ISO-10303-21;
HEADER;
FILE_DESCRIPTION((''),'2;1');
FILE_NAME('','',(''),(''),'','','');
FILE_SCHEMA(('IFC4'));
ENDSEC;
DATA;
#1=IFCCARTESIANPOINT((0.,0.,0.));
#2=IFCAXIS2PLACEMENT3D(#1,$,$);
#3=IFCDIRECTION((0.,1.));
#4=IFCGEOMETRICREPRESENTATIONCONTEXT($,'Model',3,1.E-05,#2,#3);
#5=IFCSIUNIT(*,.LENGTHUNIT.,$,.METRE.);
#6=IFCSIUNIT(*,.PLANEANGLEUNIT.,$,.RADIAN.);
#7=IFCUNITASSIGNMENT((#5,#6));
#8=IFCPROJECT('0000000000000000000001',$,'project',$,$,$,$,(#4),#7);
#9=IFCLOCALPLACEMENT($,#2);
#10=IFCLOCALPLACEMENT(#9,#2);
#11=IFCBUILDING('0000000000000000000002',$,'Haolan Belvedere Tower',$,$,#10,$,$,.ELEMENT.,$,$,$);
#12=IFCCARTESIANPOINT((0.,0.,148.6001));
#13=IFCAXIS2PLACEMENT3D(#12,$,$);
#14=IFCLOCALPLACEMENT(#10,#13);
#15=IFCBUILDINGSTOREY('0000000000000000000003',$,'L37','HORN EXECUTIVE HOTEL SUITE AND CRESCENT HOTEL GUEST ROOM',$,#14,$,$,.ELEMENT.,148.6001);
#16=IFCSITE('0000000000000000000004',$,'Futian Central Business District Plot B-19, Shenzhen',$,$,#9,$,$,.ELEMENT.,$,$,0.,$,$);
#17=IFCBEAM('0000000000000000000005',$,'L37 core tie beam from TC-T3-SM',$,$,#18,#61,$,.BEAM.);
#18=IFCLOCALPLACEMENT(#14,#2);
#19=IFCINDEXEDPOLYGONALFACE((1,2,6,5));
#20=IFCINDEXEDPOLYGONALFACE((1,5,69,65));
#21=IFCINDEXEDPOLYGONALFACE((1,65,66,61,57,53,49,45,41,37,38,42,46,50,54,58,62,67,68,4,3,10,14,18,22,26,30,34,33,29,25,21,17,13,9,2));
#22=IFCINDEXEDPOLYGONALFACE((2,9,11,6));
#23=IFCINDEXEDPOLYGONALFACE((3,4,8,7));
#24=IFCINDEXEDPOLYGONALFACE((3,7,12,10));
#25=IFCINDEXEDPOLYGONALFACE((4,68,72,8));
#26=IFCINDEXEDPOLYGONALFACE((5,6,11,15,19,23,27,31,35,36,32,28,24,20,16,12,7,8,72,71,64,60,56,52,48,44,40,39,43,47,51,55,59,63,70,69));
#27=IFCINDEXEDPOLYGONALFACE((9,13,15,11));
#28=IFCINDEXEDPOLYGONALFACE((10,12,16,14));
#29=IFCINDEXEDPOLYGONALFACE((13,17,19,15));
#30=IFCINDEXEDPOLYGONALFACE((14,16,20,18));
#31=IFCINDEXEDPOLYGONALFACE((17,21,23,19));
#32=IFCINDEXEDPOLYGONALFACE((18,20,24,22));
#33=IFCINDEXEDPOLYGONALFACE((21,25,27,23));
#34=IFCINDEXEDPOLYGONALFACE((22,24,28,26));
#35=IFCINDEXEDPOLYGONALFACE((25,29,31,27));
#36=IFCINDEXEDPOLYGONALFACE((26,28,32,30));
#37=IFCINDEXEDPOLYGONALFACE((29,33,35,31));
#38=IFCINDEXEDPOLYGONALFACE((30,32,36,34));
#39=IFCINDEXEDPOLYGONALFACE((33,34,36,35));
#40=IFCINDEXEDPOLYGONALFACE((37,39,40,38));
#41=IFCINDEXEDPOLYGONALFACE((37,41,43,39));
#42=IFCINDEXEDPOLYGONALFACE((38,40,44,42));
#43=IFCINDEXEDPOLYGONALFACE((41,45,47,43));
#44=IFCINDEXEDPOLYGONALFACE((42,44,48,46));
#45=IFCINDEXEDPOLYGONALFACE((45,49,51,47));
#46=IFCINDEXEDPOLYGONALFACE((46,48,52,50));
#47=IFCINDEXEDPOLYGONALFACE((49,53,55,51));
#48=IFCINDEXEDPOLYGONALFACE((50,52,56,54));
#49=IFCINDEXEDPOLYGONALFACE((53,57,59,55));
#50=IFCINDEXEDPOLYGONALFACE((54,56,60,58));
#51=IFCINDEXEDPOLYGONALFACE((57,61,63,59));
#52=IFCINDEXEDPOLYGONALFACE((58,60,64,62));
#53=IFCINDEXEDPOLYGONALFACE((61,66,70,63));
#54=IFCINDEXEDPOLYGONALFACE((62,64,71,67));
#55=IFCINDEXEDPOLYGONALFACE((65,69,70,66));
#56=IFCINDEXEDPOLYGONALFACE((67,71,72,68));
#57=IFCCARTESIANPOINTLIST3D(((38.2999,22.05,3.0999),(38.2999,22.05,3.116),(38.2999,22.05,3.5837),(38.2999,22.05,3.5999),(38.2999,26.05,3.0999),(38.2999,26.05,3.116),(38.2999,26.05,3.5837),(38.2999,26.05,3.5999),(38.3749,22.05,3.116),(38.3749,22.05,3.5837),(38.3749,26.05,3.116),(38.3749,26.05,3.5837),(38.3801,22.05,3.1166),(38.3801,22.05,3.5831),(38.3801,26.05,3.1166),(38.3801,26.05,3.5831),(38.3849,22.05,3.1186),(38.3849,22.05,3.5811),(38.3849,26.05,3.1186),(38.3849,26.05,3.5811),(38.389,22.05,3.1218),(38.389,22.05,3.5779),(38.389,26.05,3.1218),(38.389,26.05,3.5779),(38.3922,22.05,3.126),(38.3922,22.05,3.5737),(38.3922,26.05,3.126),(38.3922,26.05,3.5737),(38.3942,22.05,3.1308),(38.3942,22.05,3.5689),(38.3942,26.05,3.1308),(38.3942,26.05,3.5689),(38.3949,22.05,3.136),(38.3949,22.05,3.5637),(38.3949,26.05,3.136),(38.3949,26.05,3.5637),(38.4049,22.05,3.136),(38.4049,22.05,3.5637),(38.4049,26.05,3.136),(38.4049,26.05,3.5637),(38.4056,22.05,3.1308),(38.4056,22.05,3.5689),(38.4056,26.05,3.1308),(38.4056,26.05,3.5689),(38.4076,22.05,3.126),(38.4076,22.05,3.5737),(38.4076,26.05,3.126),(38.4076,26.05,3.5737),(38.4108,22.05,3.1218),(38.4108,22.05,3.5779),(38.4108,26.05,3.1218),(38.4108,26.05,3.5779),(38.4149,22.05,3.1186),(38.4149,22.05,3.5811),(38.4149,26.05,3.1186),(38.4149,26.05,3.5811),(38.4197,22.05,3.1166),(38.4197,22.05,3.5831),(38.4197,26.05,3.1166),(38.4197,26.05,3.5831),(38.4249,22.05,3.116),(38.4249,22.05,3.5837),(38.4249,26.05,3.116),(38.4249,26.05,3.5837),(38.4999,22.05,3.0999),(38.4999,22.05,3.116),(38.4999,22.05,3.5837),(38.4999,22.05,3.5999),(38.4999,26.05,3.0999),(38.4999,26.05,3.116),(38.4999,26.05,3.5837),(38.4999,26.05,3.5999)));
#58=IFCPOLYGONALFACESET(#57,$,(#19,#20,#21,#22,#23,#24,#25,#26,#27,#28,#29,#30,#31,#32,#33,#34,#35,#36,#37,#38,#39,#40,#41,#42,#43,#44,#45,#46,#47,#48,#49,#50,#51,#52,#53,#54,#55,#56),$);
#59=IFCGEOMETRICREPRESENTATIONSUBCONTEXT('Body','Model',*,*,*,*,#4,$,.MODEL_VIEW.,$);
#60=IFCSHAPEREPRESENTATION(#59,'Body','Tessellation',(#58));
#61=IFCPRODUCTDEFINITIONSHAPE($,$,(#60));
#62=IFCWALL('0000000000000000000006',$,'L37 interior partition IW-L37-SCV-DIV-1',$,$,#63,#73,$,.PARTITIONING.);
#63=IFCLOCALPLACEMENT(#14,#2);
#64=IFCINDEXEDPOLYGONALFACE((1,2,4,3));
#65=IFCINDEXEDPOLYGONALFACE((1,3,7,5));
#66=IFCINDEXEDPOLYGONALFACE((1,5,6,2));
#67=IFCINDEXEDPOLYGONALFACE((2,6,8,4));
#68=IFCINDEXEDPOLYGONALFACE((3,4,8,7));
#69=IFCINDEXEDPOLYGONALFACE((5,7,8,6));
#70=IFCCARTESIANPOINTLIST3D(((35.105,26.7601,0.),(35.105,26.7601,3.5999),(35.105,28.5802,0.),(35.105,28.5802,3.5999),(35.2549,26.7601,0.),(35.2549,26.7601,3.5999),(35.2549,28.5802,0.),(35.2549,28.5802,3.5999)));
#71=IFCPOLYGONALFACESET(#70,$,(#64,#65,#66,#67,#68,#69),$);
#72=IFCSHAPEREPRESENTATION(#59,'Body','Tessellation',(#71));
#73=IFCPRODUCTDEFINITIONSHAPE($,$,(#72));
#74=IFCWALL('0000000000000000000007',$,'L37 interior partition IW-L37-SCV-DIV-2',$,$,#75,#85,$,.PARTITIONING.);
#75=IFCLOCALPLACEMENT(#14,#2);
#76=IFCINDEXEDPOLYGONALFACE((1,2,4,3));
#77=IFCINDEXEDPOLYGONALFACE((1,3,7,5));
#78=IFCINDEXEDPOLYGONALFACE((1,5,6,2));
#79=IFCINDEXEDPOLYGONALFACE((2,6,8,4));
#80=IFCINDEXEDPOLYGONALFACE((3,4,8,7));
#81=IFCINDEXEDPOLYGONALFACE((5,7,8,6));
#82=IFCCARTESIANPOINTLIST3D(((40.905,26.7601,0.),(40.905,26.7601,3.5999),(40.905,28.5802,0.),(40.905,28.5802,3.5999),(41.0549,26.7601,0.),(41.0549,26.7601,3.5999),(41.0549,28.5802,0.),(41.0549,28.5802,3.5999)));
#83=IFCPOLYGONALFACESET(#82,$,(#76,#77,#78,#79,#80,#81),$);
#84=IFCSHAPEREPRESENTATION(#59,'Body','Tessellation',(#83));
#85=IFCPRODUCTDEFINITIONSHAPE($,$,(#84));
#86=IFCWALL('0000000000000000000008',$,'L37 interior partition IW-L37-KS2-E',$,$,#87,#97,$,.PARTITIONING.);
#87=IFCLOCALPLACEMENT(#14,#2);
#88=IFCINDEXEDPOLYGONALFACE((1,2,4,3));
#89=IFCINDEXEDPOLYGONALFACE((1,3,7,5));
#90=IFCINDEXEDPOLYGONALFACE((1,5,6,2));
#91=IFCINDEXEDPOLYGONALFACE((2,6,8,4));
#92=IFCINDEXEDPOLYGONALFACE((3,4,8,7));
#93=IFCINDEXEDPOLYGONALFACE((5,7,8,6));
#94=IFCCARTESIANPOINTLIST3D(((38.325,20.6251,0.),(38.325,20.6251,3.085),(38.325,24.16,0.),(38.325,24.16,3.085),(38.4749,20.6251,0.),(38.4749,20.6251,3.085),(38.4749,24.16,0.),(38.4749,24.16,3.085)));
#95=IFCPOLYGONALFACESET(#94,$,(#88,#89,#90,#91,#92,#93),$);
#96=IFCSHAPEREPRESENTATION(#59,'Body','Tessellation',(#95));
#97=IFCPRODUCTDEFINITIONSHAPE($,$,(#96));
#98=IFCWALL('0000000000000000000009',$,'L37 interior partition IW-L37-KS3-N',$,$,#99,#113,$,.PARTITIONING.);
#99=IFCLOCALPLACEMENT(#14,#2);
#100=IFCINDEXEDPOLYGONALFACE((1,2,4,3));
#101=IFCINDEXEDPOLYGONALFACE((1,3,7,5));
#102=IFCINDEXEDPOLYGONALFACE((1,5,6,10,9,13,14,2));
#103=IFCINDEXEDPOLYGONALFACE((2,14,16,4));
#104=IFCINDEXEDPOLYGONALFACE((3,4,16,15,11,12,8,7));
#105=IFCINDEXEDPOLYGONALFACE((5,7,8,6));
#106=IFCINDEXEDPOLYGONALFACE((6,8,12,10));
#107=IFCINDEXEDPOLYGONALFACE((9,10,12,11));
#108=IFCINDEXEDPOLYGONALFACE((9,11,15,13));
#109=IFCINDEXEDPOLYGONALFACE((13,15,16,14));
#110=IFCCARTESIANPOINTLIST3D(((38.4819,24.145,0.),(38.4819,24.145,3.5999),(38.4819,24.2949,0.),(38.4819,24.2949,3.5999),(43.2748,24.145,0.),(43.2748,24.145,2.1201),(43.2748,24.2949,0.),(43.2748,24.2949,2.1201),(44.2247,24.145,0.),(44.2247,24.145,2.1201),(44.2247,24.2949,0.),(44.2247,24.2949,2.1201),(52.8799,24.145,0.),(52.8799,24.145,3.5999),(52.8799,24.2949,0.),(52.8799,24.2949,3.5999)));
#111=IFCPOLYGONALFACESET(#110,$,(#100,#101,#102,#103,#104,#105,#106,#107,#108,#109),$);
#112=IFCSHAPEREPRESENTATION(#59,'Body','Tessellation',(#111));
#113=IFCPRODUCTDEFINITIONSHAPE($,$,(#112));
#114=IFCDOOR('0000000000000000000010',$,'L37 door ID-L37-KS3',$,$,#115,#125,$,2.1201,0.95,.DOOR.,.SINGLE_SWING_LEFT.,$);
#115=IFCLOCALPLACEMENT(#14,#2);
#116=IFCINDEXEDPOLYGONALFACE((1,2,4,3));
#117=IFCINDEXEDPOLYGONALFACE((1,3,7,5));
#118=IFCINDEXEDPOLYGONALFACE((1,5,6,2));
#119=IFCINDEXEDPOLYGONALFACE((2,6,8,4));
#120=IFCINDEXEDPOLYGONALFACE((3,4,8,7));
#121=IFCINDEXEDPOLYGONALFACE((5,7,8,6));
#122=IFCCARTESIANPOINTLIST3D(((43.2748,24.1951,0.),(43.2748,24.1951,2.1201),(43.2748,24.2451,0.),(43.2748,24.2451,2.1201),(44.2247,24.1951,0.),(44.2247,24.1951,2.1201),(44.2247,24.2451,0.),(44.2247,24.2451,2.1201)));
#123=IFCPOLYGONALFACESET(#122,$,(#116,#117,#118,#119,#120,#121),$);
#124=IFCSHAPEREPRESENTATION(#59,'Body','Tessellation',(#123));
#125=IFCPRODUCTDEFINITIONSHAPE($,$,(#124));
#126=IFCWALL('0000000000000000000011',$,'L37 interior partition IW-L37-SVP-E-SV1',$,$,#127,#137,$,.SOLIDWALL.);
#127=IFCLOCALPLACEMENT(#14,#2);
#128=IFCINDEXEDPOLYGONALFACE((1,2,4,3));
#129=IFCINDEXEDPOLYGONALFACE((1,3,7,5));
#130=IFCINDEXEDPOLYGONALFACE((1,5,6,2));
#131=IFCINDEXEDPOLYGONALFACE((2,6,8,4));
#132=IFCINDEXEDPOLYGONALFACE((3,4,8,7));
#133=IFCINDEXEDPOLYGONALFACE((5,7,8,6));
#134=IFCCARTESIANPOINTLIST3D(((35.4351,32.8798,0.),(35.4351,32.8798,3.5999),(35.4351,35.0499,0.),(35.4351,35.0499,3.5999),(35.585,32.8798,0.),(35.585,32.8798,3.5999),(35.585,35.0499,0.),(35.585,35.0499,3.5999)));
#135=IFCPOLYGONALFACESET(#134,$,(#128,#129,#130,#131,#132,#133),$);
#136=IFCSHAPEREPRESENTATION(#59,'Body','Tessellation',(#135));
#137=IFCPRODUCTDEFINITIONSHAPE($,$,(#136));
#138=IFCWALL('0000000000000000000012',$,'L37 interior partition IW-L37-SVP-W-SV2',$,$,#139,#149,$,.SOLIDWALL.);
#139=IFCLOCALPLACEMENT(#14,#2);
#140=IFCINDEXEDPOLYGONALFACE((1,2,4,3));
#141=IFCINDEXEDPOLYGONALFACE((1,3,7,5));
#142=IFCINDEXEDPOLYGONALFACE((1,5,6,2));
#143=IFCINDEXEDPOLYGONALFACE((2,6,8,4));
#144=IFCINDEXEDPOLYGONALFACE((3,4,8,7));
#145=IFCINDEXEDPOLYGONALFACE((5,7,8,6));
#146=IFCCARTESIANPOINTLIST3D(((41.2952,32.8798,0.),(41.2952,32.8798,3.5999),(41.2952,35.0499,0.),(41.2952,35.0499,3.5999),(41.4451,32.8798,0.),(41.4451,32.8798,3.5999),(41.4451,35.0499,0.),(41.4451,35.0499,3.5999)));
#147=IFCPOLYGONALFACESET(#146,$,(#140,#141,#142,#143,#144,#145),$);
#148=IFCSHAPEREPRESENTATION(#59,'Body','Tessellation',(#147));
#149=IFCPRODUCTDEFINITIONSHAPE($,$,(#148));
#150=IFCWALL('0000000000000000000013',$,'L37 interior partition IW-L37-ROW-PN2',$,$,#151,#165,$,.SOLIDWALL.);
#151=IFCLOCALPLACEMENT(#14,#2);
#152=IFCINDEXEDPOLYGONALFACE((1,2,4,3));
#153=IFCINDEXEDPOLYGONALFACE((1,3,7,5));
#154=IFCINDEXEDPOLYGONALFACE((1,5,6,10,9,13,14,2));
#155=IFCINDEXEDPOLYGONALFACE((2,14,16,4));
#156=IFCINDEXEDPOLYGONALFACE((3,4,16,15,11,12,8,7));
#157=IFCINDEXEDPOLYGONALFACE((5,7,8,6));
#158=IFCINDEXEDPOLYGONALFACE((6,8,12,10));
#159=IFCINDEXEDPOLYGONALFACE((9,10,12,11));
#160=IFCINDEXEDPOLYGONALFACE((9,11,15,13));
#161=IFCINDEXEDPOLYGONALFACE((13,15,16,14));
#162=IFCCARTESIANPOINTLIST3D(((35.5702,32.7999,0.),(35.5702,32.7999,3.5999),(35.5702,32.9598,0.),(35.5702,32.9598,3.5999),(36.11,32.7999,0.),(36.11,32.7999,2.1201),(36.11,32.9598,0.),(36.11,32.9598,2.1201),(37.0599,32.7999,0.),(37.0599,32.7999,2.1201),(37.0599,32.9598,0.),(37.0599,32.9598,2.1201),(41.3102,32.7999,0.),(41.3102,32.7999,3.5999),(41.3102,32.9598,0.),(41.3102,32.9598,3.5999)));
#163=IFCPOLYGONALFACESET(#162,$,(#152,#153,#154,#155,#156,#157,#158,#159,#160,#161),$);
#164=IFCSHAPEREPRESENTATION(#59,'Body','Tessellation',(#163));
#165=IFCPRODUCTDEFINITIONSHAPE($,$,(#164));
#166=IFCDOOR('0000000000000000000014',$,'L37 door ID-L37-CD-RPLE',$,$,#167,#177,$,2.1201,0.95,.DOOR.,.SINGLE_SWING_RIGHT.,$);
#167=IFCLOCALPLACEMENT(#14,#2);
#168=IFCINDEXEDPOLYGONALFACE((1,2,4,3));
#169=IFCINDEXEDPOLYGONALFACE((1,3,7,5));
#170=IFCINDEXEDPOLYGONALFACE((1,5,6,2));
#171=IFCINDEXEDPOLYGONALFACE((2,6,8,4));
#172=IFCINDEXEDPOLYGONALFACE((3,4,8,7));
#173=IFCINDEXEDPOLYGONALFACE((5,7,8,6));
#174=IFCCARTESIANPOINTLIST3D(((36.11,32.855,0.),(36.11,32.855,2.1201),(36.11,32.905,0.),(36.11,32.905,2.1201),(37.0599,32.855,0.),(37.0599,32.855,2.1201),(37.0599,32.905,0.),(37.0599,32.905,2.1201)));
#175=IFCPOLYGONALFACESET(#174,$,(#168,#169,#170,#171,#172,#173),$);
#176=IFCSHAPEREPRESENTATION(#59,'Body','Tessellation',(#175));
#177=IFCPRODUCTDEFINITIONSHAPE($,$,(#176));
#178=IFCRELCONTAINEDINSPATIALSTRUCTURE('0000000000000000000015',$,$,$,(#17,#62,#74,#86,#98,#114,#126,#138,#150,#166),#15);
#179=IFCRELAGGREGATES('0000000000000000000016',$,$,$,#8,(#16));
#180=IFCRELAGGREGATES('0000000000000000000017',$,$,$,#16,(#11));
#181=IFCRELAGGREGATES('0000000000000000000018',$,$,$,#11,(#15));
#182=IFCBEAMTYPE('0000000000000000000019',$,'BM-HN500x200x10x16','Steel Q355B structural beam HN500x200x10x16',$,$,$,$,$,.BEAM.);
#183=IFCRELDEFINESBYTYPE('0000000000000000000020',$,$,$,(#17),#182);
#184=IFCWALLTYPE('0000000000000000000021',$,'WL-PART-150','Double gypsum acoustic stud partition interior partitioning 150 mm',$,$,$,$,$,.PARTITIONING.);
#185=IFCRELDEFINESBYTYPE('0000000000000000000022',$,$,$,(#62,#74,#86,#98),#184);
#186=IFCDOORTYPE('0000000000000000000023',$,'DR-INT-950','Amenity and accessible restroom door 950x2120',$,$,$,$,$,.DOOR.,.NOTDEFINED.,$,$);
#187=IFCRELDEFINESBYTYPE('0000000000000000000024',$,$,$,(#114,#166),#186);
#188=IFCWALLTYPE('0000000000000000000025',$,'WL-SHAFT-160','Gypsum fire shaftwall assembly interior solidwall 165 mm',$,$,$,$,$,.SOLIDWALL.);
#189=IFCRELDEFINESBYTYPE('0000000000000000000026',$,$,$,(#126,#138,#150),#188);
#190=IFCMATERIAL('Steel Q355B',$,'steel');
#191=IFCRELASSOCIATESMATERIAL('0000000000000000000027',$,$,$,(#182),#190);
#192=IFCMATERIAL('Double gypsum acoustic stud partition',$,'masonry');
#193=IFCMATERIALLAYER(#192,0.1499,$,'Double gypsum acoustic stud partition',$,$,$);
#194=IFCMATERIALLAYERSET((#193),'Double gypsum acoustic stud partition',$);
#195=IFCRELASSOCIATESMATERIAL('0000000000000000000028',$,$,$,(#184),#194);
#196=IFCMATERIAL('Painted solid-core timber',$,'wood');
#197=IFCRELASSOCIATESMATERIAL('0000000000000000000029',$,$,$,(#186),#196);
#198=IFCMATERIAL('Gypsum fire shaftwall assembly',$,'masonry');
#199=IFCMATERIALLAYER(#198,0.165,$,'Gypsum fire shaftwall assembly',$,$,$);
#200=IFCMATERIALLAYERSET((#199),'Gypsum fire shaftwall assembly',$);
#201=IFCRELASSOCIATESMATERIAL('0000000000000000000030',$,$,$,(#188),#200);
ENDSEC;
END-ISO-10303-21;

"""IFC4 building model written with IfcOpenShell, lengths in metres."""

from ifc_helpers import new_model, si_unit, direction, frame, frame_2d, origin, origin_2d, place, context, subcontext, project, spatial, rectangle, i_section, extrude, material, layer, layer_set, material_profile, profile_set, type_object, element, fill, save


model = new_model("IFC4")

# Units and contexts
model_context = context("Model", 3, precision=1e-05, world=origin(), true_north=direction((0.0, 1.0)))
body_context = subcontext(model_context, "Body", "Model", "MODEL_VIEW")
ifc_project = project(units=[si_unit("LENGTHUNIT", "METRE"), si_unit("PLANEANGLEUNIT", "RADIAN")], contexts=[model_context])

# Site, building, storey
site_placement = place(None, origin())
site = spatial("IfcSite", under=ifc_project, at=site_placement, Name="Futian Central Business District Plot B-19, Shenzhen", CompositionType="ELEMENT", RefElevation=0.0)
building_placement = place(site_placement, origin())
building = spatial("IfcBuilding", under=site, at=building_placement, Name="Haolan Belvedere Tower", CompositionType="ELEMENT")
storey_placement = place(building_placement, frame((0.0, 0.0, 148.6001)))
storey = spatial("IfcBuildingStorey", under=building, at=storey_placement, Name="L37", Description="HORN EXECUTIVE HOTEL SUITE AND CRESCENT HOTEL GUEST ROOM", CompositionType="ELEMENT", Elevation=148.6001)

# Beam
ifc_material_1 = material(Name="Steel Q355B", Category="steel")
ifc_material_profile_1 = material_profile(ifc_material_1, i_section(OverallWidth=0.2, OverallDepth=0.5, WebThickness=0.01, FlangeThickness=0.0161, FilletRadius=0.02, at=origin_2d()), Name="Steel Q355B")
ifc_profile_set_1 = profile_set([ifc_material_profile_1], Name="Steel Q355B")
beam_type_1 = type_object("IfcBeamType", Name="BM-HN500x200x10x16", Description="Steel Q355B structural beam HN500x200x10x16", PredefinedType="BEAM", material=ifc_profile_set_1)
beam_1_placement = place(storey_placement, frame((38.3999, 22.05, 3.3499), z_axis=(0.0, 1.0, 0.0), x_axis=(-1.0, 0.0, 0.0)))
element("IfcBeam", 1, at=beam_1_placement, inside=storey, type_object=beam_type_1, Name="L37 core tie beam from TC-T3-SM", PredefinedType="BEAM", context=body_context, shape_type="SweptSolid", body=[
    extrude(i_section(OverallWidth=0.2, OverallDepth=0.5, WebThickness=0.01, FlangeThickness=0.0161, FilletRadius=0.02, at=origin_2d()), origin(), (0.0, 0.0, 1.0), 4.0),
])

# Walls
ifc_material_2 = material(Name="Double gypsum acoustic stud partition", Category="masonry")
ifc_layer_1 = layer(ifc_material_2, 0.1499, Name="Double gypsum acoustic stud partition")
ifc_layer_set_1 = layer_set([ifc_layer_1], Name="Double gypsum acoustic stud partition")
wall_type_1 = type_object("IfcWallType", Name="WL-PART-150", Description="Double gypsum acoustic stud partition interior partitioning 150 mm", PredefinedType="PARTITIONING", material=ifc_layer_set_1)
for number, where, z_axis, x_axis, name in (
    (2, (35.1799, 26.76, 0.0), (0.0, 0.0, 1.0), (0.0, 1.0, 0.0), "L37 interior partition IW-L37-SCV-DIV-1"),
    (3, (40.98, 26.76, 0.0), (0.0, 0.0, 1.0), (0.0, 1.0, 0.0), "L37 interior partition IW-L37-SCV-DIV-2"),
):
    element("IfcWall", number, at=place(storey_placement, frame(where, z_axis=z_axis, x_axis=x_axis)), inside=storey, type_object=wall_type_1, Name=name, PredefinedType="PARTITIONING", context=body_context, shape_type="SweptSolid", body=[
        extrude(rectangle(XDim=1.8201, YDim=0.1499, at=frame_2d((0.9102, 0.0))), origin(), (0.0, 0.0, 1.0), 3.5999),
    ])
wall_1_placement = place(storey_placement, frame((38.3999, 20.625, 0.0), z_axis=(0.0, 0.0, 1.0), x_axis=(0.0, 1.0, 0.0)))
element("IfcWall", 4, at=wall_1_placement, inside=storey, type_object=wall_type_1, Name="L37 interior partition IW-L37-KS2-E", PredefinedType="PARTITIONING", context=body_context, shape_type="SweptSolid", body=[
    extrude(rectangle(XDim=3.5349, YDim=0.1499, at=frame_2d((1.7676, 0.0))), origin(), (0.0, 0.0, 1.0), 3.085),
])

# Wall, opening, door
wall_2_placement = place(storey_placement, frame((38.4819, 24.22, 0.0), z_axis=(0.0, 0.0, 1.0), x_axis=(1.0, 0.0, 0.0)))
wall_2 = element("IfcWall", 5, at=wall_2_placement, inside=storey, type_object=wall_type_1, Name="L37 interior partition IW-L37-KS3-N", PredefinedType="PARTITIONING", context=body_context, shape_type="SweptSolid", body=[
    extrude(rectangle(XDim=14.3979, YDim=0.1499, at=frame_2d((7.199, 0.0))), origin(), (0.0, 0.0, 1.0), 3.5999),
])
opening_1_placement = place(wall_2_placement, frame((5.7429, 0.0, 0.0), z_axis=(0.0, 0.0, 1.0), x_axis=(-1.0, 0.0, 0.0)))
opening_1 = element("IfcOpeningElement", 6, at=opening_1_placement, cuts=wall_2, PredefinedType="OPENING", context=body_context, shape_type="SweptSolid", body=[
    extrude(rectangle(XDim=0.95, YDim=2.1201, at=frame_2d((0.4751, 1.0601))), frame((0.0, 0.085, 0.0), z_axis=(0.0, -1.0, 0.0), x_axis=(1.0, 0.0, 0.0)), (0.0, 0.0, 1.0), 0.1699),
])
ifc_material_3 = material(Name="Painted solid-core timber", Category="wood")
door_type = type_object("IfcDoorType", Name="DR-INT-950", Description="Amenity and accessible restroom door 950x2120", OperationType="NOTDEFINED", PredefinedType="DOOR", material=ifc_material_3)
door_1_placement = place(opening_1_placement, origin())
door_1 = element("IfcDoor", 7, at=door_1_placement, inside=storey, type_object=door_type, Name="L37 door ID-L37-KS3", OperationType="SINGLE_SWING_LEFT", OverallHeight=2.1201, OverallWidth=0.95, PredefinedType="DOOR", context=body_context, shape_type="SweptSolid", body=[
    extrude(rectangle(XDim=0.95, YDim=2.1201, at=frame_2d((0.4751, 1.0601))), frame((0.0, 0.0249, 0.0), z_axis=(0.0, -1.0, 0.0), x_axis=(1.0, 0.0, 0.0)), (0.0, 0.0, 1.0), 0.05),
])
fill(opening_1, door_1)

# Walls
ifc_material_4 = material(Name="Gypsum fire shaftwall assembly", Category="masonry")
ifc_layer_2 = layer(ifc_material_4, 0.165, Name="Gypsum fire shaftwall assembly")
ifc_layer_set_2 = layer_set([ifc_layer_2], Name="Gypsum fire shaftwall assembly")
wall_type_2 = type_object("IfcWallType", Name="WL-SHAFT-160", Description="Gypsum fire shaftwall assembly interior solidwall 165 mm", PredefinedType="SOLIDWALL", material=ifc_layer_set_2)
for number, where, z_axis, x_axis, name in (
    (8, (35.51, 32.8799, 0.0), (0.0, 0.0, 1.0), (0.0, 1.0, 0.0), "L37 interior partition IW-L37-SVP-E-SV1"),
    (9, (41.3701, 32.8799, 0.0), (0.0, 0.0, 1.0), (0.0, 1.0, 0.0), "L37 interior partition IW-L37-SVP-W-SV2"),
):
    element("IfcWall", number, at=place(storey_placement, frame(where, z_axis=z_axis, x_axis=x_axis)), inside=storey, type_object=wall_type_2, Name=name, PredefinedType="SOLIDWALL", context=body_context, shape_type="SweptSolid", body=[
        extrude(rectangle(XDim=2.1702, YDim=0.1499, at=frame_2d((1.085, 0.0))), origin(), (0.0, 0.0, 1.0), 3.5999),
    ])

# Wall, opening, door
wall_3_placement = place(storey_placement, frame((35.5701, 32.8799, 0.0), z_axis=(0.0, 0.0, 1.0), x_axis=(1.0, 0.0, 0.0)))
wall_3 = element("IfcWall", 10, at=wall_3_placement, inside=storey, type_object=wall_type_2, Name="L37 interior partition IW-L37-ROW-PN2", PredefinedType="SOLIDWALL", context=body_context, shape_type="SweptSolid", body=[
    extrude(rectangle(XDim=5.74, YDim=0.1599, at=frame_2d((2.8701, 0.0))), origin(), (0.0, 0.0, 1.0), 3.5999),
])
opening_2_placement = place(wall_3_placement, frame((1.49, 0.0, 0.0), z_axis=(0.0, 0.0, 1.0), x_axis=(-1.0, 0.0, 0.0)))
opening_2 = element("IfcOpeningElement", 11, at=opening_2_placement, cuts=wall_3, PredefinedType="OPENING", context=body_context, shape_type="SweptSolid", body=[
    extrude(rectangle(XDim=0.95, YDim=2.1201, at=frame_2d((0.4751, 1.0601))), frame((0.0, 0.0898, 0.0), z_axis=(0.0, -1.0, 0.0), x_axis=(1.0, 0.0, 0.0)), (0.0, 0.0, 1.0), 0.1799),
])
door_2_placement = place(opening_2_placement, origin())
door_2 = element("IfcDoor", 12, at=door_2_placement, inside=storey, type_object=door_type, Name="L37 door ID-L37-CD-RPLE", OperationType="SINGLE_SWING_RIGHT", OverallHeight=2.1201, OverallWidth=0.95, PredefinedType="DOOR", context=body_context, shape_type="SweptSolid", body=[
    extrude(rectangle(XDim=0.95, YDim=2.1201, at=frame_2d((0.4751, 1.0601))), frame((0.0, 0.0249, 0.0), z_axis=(0.0, -1.0, 0.0), x_axis=(1.0, 0.0, 0.0)), (0.0, 0.0, 1.0), 0.05),
])
fill(opening_2, door_2)

save(model, "model.ifc")
